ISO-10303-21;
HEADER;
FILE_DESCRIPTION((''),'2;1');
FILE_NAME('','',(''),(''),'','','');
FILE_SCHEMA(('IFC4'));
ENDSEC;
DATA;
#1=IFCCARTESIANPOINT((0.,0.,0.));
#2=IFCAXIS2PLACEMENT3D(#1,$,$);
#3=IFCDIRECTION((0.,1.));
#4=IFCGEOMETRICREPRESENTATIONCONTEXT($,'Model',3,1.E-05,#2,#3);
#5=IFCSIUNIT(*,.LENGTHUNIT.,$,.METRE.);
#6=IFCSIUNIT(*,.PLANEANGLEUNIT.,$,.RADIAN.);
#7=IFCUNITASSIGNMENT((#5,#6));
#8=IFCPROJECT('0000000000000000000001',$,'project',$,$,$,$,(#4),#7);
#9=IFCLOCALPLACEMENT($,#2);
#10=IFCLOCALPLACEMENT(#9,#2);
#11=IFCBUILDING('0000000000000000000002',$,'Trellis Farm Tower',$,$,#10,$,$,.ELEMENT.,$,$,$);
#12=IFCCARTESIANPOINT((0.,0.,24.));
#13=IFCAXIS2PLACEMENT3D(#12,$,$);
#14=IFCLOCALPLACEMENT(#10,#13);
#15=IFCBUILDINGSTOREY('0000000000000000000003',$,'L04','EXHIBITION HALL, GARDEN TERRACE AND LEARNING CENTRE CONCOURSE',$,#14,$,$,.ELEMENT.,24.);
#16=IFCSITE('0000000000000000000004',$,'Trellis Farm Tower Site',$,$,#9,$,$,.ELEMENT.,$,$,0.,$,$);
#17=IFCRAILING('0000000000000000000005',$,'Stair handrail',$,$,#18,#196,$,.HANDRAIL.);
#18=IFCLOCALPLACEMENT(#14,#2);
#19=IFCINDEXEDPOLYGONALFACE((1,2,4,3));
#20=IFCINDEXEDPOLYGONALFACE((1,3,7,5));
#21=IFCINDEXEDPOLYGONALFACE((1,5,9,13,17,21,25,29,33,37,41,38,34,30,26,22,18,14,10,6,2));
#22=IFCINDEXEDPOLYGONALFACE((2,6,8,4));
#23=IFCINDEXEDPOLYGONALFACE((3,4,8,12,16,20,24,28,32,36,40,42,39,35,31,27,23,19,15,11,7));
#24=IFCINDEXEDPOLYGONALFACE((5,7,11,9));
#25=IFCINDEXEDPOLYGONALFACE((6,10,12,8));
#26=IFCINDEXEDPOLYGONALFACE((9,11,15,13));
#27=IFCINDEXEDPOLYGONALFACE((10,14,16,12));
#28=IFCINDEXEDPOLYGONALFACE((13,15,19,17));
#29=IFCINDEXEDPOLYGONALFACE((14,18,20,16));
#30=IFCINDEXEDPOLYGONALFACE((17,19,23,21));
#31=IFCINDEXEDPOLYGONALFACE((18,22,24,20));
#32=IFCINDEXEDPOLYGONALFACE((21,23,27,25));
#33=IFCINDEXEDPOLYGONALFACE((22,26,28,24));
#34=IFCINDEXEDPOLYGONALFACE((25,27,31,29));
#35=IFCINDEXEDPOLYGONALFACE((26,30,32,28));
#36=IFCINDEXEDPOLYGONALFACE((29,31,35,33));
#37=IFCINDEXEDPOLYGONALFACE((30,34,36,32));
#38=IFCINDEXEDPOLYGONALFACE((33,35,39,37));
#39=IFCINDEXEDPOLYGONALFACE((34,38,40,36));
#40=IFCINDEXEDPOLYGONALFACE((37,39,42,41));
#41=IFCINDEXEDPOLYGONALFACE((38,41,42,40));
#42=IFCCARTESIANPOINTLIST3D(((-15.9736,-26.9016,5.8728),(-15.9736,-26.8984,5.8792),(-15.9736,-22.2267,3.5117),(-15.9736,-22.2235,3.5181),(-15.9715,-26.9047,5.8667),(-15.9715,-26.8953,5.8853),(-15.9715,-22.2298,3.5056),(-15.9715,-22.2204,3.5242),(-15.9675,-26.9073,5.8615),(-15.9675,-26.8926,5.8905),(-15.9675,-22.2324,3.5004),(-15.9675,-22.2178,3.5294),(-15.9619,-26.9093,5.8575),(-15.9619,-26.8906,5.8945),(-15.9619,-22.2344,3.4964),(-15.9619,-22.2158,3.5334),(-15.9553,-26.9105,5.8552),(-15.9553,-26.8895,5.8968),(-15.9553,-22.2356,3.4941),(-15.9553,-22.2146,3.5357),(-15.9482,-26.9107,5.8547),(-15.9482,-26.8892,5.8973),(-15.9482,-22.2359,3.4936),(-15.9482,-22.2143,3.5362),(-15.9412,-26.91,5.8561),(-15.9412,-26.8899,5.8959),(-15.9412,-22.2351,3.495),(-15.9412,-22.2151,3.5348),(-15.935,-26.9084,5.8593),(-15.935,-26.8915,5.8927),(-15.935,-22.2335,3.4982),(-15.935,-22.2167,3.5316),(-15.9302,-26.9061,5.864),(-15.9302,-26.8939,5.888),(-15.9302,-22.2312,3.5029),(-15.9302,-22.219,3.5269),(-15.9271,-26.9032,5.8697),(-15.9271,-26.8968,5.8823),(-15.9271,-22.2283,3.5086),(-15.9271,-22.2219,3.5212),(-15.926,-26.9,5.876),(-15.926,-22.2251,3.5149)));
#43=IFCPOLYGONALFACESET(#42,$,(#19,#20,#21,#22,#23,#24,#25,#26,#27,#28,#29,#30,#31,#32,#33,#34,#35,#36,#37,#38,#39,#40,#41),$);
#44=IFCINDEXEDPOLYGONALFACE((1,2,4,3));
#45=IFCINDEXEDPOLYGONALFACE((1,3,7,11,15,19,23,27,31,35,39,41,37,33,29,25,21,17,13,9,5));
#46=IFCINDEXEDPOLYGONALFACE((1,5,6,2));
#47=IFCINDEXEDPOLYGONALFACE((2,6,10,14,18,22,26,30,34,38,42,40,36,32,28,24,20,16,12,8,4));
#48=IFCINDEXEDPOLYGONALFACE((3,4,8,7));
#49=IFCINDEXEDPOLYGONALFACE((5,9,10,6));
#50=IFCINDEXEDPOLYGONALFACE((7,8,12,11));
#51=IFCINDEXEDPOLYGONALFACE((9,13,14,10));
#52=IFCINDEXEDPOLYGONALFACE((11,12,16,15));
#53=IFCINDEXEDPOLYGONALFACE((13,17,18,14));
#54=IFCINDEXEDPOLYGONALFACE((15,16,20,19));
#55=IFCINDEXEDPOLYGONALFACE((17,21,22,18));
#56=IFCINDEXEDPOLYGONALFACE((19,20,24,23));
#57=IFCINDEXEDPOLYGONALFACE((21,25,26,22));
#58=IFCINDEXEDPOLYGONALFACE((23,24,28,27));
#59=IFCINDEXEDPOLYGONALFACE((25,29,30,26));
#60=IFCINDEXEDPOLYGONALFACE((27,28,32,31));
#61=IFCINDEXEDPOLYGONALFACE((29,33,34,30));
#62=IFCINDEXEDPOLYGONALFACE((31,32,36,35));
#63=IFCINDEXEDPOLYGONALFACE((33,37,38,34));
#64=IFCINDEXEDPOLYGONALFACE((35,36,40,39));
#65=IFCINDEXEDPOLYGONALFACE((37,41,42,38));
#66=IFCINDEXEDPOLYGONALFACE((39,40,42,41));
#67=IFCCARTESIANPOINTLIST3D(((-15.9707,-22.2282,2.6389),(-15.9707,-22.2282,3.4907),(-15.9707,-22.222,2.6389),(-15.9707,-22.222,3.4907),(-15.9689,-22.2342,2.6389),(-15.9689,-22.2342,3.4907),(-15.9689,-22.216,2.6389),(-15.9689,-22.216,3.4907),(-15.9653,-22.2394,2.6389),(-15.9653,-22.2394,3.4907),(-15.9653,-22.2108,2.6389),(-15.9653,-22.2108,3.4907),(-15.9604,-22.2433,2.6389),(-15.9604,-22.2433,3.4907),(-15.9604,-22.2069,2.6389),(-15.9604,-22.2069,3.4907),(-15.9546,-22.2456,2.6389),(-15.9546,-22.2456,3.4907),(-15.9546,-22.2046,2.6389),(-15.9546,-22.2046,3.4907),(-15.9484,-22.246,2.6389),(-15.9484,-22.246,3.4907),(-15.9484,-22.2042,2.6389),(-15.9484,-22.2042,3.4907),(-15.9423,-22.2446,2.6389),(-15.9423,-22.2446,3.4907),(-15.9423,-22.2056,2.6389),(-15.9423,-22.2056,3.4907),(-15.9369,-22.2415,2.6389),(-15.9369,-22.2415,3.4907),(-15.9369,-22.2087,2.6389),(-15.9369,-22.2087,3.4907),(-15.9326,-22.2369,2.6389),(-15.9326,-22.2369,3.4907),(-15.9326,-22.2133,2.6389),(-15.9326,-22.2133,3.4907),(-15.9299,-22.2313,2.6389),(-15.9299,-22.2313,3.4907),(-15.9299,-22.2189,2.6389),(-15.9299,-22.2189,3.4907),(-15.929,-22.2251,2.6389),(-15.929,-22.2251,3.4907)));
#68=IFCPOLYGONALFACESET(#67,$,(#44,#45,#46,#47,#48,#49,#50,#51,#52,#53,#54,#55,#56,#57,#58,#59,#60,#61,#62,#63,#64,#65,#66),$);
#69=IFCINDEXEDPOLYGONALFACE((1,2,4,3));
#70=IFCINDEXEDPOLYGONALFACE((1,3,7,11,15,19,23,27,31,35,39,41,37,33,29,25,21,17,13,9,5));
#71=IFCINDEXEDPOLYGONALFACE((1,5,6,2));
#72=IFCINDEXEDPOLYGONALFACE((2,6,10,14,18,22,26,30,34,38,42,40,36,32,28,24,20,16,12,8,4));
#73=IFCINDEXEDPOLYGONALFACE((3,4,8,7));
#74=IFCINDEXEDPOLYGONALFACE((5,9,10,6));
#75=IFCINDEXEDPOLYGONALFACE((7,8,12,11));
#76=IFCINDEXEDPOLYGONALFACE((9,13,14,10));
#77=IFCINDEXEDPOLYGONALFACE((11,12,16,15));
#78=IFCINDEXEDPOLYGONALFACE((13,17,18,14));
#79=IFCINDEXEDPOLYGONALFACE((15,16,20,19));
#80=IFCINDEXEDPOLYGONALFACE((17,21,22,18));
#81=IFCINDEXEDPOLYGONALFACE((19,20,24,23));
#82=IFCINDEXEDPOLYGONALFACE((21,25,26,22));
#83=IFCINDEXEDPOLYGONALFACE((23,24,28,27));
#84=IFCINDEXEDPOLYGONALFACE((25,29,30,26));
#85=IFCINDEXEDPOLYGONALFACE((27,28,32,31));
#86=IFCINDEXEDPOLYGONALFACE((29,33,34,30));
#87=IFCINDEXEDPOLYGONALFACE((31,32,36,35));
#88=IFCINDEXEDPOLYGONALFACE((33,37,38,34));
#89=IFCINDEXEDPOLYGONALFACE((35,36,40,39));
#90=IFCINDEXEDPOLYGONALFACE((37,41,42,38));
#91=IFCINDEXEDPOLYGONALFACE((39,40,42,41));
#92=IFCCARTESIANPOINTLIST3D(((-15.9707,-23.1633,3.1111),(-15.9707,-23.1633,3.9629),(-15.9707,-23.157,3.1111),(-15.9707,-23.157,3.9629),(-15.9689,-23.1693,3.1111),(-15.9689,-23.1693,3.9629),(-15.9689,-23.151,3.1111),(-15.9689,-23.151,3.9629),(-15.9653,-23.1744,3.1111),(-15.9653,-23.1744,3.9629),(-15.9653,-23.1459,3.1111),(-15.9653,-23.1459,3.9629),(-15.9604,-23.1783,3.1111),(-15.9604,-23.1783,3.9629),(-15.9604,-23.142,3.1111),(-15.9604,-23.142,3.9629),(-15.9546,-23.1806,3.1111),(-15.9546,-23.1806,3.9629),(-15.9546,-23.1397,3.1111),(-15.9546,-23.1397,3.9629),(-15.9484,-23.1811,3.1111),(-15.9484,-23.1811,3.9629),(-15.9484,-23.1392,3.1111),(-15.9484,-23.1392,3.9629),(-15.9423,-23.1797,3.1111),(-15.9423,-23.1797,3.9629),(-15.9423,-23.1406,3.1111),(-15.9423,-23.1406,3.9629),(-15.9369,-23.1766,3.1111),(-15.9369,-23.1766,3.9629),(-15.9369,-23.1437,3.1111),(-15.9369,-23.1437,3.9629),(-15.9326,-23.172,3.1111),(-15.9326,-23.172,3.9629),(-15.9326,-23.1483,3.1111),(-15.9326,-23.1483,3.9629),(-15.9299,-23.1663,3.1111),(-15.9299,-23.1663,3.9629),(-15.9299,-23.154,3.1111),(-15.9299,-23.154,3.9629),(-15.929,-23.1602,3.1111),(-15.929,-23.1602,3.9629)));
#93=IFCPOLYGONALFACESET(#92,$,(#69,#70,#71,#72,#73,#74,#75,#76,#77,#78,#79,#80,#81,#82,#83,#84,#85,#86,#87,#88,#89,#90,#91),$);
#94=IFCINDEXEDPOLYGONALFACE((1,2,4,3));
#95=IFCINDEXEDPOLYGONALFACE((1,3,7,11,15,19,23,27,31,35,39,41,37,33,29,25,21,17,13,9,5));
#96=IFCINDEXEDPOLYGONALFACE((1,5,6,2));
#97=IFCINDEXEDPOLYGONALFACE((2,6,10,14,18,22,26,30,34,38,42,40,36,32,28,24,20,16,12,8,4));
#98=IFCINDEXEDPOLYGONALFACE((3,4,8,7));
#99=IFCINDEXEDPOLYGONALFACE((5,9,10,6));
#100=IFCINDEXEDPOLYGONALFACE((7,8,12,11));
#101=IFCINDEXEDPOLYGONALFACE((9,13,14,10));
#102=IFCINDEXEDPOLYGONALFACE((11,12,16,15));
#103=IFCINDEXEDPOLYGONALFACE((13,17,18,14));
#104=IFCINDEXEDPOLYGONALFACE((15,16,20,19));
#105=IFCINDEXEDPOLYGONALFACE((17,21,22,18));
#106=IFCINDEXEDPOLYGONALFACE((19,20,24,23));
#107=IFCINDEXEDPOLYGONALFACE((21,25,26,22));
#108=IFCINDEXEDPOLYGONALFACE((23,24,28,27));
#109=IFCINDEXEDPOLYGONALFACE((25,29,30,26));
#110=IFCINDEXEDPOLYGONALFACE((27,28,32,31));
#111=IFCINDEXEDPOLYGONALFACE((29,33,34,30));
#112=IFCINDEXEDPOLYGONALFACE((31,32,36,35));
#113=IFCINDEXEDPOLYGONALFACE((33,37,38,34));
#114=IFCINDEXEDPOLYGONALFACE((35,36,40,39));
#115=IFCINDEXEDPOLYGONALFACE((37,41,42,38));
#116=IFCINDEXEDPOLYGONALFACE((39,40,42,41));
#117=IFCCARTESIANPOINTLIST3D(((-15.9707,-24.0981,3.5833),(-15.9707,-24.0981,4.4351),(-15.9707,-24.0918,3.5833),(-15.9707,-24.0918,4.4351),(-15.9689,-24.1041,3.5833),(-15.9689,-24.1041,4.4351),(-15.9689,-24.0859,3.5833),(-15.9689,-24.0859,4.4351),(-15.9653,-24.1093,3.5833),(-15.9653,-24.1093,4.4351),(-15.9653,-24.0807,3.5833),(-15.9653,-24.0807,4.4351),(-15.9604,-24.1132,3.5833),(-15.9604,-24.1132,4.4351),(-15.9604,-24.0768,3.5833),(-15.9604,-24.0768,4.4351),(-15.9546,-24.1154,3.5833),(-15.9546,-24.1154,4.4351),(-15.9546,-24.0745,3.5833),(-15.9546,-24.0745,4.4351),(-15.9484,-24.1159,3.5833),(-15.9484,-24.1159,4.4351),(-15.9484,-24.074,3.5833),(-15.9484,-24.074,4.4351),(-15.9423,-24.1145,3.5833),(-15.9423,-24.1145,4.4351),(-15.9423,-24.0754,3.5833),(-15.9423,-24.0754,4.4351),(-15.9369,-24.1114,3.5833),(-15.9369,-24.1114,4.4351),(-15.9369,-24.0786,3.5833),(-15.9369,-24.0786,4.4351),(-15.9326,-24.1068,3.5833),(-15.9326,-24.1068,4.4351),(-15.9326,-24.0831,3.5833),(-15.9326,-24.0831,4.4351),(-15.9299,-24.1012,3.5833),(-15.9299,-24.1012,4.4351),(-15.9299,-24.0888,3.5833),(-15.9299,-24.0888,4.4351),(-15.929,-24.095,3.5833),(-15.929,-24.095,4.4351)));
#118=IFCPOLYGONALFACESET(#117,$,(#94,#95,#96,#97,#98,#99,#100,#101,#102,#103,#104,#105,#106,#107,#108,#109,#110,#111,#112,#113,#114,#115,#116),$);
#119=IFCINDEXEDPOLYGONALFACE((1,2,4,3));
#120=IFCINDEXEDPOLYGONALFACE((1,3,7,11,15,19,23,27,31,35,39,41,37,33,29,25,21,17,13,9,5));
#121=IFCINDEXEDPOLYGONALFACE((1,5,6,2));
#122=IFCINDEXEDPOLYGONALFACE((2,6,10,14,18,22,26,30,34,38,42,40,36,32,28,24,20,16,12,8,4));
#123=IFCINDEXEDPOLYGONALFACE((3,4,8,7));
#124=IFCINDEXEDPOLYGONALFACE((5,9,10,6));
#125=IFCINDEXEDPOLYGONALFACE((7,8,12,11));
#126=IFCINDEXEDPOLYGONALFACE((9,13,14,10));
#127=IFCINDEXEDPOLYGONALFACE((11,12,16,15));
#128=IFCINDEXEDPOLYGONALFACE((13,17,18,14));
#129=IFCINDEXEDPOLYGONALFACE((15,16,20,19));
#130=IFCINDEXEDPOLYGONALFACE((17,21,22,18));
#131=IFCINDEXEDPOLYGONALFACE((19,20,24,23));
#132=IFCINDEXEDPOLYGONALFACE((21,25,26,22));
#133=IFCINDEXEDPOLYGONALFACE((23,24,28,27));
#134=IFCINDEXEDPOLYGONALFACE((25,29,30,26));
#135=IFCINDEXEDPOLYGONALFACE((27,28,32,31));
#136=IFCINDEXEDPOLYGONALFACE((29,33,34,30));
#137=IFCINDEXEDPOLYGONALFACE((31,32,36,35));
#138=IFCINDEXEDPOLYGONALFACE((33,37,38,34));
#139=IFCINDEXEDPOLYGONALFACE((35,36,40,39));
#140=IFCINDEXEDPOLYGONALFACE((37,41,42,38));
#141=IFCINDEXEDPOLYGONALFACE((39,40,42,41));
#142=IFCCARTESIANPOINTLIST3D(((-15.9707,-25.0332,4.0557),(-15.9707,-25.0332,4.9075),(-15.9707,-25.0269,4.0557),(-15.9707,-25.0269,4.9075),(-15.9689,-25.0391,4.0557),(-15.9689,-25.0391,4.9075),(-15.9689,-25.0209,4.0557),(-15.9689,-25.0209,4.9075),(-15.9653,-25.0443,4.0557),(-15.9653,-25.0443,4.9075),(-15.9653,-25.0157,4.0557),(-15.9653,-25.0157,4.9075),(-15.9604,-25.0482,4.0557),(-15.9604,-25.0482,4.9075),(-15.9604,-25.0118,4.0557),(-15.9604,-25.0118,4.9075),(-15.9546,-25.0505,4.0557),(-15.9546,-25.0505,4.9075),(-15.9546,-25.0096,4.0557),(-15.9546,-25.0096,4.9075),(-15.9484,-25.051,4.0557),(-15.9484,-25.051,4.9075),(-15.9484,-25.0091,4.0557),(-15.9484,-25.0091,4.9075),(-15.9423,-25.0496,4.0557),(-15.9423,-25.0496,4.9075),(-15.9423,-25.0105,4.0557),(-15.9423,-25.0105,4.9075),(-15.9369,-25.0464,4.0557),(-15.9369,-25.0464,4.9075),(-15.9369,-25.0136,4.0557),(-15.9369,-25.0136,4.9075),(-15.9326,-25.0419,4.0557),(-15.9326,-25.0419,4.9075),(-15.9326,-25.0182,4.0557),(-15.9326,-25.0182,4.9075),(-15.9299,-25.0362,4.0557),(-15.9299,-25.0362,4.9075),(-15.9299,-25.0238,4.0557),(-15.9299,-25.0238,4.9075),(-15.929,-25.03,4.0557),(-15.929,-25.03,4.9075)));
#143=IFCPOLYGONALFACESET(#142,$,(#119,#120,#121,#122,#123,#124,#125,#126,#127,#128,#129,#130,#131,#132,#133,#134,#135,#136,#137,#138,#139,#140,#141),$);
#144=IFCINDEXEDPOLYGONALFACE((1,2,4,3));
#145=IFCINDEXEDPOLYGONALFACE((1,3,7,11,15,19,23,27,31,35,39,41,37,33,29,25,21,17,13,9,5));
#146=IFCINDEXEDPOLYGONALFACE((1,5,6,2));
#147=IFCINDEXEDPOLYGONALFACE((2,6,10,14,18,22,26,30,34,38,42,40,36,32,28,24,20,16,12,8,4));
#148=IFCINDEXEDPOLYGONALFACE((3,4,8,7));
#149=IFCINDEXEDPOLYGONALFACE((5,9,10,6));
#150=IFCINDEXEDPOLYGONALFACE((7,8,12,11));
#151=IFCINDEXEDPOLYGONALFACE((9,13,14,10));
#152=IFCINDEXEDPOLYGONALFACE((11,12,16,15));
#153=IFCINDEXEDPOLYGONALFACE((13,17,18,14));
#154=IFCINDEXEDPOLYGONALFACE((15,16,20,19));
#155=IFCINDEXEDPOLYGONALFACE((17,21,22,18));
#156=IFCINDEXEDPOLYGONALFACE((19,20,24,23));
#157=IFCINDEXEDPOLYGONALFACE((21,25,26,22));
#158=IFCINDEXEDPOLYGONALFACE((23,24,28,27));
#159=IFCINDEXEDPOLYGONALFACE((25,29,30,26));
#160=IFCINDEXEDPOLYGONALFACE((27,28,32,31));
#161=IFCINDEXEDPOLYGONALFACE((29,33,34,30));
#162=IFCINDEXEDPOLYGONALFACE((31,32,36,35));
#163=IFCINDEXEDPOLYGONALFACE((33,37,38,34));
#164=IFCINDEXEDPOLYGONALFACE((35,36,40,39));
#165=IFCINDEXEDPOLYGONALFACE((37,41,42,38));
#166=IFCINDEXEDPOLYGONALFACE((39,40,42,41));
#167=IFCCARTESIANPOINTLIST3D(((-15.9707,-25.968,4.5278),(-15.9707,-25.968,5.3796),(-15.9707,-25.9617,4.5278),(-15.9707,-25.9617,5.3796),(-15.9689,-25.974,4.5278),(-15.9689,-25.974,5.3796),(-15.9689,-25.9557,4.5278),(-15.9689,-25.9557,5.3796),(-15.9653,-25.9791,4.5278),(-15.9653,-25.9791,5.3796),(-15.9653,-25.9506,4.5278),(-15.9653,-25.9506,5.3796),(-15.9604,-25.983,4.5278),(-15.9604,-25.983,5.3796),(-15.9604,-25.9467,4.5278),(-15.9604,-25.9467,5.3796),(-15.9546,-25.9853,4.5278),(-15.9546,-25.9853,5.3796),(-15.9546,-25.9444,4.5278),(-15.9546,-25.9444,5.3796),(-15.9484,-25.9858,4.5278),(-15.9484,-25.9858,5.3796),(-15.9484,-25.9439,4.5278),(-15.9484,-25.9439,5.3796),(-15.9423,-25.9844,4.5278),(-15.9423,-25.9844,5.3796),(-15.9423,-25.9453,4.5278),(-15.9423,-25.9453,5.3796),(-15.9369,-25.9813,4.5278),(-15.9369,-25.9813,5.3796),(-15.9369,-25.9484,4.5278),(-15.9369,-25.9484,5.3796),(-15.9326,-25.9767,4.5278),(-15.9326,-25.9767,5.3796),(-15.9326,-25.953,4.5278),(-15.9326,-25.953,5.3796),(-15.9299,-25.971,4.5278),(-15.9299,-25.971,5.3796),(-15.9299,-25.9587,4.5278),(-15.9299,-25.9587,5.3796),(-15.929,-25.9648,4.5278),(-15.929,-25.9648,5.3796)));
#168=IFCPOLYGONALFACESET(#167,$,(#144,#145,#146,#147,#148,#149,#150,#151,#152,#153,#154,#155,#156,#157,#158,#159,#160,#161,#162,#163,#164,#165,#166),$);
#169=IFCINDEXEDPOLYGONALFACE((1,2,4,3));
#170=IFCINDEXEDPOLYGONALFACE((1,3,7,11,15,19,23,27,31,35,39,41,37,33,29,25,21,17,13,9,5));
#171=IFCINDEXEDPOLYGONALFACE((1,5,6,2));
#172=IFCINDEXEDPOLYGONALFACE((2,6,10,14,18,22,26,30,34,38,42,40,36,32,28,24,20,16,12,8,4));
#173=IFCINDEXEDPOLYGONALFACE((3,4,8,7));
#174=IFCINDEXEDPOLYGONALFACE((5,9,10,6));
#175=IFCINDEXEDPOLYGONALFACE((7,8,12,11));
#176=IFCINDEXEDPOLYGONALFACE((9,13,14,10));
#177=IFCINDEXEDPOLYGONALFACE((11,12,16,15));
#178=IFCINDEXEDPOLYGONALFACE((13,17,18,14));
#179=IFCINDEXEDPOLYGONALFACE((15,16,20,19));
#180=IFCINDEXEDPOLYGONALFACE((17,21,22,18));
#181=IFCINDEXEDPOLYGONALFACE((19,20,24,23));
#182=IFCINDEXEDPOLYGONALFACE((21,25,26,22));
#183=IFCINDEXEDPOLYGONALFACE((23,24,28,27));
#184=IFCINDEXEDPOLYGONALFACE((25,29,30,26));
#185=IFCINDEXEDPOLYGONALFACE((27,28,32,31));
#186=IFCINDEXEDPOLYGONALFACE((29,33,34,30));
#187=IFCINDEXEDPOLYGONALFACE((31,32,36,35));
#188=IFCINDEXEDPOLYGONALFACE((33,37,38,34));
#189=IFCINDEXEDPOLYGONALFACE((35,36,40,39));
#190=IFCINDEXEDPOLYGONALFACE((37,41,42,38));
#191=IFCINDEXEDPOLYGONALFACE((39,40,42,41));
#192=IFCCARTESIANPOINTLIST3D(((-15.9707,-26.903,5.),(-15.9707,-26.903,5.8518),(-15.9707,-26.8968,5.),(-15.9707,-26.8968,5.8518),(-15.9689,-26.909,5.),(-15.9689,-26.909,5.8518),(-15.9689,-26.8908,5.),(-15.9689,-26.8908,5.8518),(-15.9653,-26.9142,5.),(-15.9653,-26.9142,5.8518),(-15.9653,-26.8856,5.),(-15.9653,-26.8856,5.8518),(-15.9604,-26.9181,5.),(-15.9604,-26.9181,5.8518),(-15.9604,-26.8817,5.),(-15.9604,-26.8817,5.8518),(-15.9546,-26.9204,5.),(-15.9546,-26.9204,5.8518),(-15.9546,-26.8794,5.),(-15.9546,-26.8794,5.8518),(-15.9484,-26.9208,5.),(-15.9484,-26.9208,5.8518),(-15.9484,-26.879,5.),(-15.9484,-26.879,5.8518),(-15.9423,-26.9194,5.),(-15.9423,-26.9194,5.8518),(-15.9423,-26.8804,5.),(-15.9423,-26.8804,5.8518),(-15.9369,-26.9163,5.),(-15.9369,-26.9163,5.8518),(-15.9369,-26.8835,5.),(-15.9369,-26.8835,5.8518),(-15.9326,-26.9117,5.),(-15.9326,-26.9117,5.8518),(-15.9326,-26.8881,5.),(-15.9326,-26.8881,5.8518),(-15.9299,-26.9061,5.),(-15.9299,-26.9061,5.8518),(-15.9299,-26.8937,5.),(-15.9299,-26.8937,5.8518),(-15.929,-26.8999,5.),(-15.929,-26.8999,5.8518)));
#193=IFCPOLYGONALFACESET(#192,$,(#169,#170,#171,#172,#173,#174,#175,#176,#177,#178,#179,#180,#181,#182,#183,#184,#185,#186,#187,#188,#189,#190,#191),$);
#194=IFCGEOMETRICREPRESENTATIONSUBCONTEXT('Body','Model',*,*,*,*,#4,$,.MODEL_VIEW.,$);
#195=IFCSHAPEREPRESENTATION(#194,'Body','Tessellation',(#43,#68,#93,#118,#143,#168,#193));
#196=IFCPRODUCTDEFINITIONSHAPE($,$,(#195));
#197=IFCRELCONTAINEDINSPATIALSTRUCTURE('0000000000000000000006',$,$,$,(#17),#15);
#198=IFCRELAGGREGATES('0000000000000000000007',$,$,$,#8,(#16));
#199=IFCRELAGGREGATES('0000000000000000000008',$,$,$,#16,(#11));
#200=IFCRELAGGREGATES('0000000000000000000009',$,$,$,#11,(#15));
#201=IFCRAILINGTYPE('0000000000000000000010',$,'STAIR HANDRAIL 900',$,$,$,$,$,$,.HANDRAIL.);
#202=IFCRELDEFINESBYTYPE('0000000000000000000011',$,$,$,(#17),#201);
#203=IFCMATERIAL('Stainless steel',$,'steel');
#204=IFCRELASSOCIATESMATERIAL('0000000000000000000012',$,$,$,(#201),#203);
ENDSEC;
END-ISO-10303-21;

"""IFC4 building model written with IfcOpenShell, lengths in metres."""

from ifc_helpers import new_model, si_unit, direction, frame, origin, origin_2d, place, context, subcontext, project, spatial, circle, extrude, source, transform, mapped, material, type_object, element, save


model = new_model("IFC4")

# Units and contexts
model_context = context("Model", 3, precision=1e-05, world=origin(), true_north=direction((0.0, 1.0)))
body_context = subcontext(model_context, "Body", "Model", "MODEL_VIEW")
ifc_project = project(units=[si_unit("LENGTHUNIT", "METRE"), si_unit("PLANEANGLEUNIT", "RADIAN")], contexts=[model_context])

# Site, building, storey
site_placement = place(None, origin())
site = spatial("IfcSite", under=ifc_project, at=site_placement, Name="Trellis Farm Tower Site", CompositionType="ELEMENT", RefElevation=0.0)
building_placement = place(site_placement, origin())
building = spatial("IfcBuilding", under=site, at=building_placement, Name="Trellis Farm Tower", CompositionType="ELEMENT")
storey_placement = place(building_placement, frame((0.0, 0.0, 24.0)))
storey = spatial("IfcBuildingStorey", under=building, at=storey_placement, Name="L04", Description="EXHIBITION HALL, GARDEN TERRACE AND LEARNING CENTRE CONCOURSE", CompositionType="ELEMENT", Elevation=24.0)

# Railing
ifc_material_1 = material(Name="Stainless steel", Category="steel")
railing_type = type_object("IfcRailingType", Name="STAIR HANDRAIL 900", PredefinedType="HANDRAIL", material=ifc_material_1)
shared_shape_1 = source(origin(), body_context, "Body", "SweptSolid", [
    extrude(circle(Radius=0.0239, at=origin_2d()), frame((0.0, 0.0, 0.876), z_axis=(0.0, -0.892611, 0.450827), x_axis=(1.0, 0.0, 0.0)), (0.0, 0.0, 1.0), 5.2373),
    extrude(circle(Radius=0.021, at=origin_2d()), origin(), (0.0, 0.0, 1.0), 0.8518),
    extrude(circle(Radius=0.021, at=origin_2d()), frame((0.0, -0.9351, 0.4722)), (0.0, 0.0, 1.0), 0.8518),
    extrude(circle(Radius=0.021, at=origin_2d()), frame((0.0, -1.8699, 0.9443)), (0.0, 0.0, 1.0), 0.8518),
    extrude(circle(Radius=0.021, at=origin_2d()), frame((0.0, -2.8049, 1.4167)), (0.0, 0.0, 1.0), 0.8518),
    extrude(circle(Radius=0.021, at=origin_2d()), frame((0.0, -3.7397, 1.8889)), (0.0, 0.0, 1.0), 0.8518),
    extrude(circle(Radius=0.021, at=origin_2d()), frame((0.0, -4.6748, 2.3611)), (0.0, 0.0, 1.0), 0.8518),
])
for number, where, name in (
    (1, (-15.95, -22.2251, 2.6389), "Stair handrail"),
):
    element("IfcRailing", number, at=place(storey_placement, frame(where)), inside=storey, type_object=railing_type, Name=name, PredefinedType="HANDRAIL", context=body_context, shape_type="MappedRepresentation", body=[
        mapped(shared_shape_1, transform((0.0, 0.0, 0.0))),
    ])

save(model, "model.ifc")
